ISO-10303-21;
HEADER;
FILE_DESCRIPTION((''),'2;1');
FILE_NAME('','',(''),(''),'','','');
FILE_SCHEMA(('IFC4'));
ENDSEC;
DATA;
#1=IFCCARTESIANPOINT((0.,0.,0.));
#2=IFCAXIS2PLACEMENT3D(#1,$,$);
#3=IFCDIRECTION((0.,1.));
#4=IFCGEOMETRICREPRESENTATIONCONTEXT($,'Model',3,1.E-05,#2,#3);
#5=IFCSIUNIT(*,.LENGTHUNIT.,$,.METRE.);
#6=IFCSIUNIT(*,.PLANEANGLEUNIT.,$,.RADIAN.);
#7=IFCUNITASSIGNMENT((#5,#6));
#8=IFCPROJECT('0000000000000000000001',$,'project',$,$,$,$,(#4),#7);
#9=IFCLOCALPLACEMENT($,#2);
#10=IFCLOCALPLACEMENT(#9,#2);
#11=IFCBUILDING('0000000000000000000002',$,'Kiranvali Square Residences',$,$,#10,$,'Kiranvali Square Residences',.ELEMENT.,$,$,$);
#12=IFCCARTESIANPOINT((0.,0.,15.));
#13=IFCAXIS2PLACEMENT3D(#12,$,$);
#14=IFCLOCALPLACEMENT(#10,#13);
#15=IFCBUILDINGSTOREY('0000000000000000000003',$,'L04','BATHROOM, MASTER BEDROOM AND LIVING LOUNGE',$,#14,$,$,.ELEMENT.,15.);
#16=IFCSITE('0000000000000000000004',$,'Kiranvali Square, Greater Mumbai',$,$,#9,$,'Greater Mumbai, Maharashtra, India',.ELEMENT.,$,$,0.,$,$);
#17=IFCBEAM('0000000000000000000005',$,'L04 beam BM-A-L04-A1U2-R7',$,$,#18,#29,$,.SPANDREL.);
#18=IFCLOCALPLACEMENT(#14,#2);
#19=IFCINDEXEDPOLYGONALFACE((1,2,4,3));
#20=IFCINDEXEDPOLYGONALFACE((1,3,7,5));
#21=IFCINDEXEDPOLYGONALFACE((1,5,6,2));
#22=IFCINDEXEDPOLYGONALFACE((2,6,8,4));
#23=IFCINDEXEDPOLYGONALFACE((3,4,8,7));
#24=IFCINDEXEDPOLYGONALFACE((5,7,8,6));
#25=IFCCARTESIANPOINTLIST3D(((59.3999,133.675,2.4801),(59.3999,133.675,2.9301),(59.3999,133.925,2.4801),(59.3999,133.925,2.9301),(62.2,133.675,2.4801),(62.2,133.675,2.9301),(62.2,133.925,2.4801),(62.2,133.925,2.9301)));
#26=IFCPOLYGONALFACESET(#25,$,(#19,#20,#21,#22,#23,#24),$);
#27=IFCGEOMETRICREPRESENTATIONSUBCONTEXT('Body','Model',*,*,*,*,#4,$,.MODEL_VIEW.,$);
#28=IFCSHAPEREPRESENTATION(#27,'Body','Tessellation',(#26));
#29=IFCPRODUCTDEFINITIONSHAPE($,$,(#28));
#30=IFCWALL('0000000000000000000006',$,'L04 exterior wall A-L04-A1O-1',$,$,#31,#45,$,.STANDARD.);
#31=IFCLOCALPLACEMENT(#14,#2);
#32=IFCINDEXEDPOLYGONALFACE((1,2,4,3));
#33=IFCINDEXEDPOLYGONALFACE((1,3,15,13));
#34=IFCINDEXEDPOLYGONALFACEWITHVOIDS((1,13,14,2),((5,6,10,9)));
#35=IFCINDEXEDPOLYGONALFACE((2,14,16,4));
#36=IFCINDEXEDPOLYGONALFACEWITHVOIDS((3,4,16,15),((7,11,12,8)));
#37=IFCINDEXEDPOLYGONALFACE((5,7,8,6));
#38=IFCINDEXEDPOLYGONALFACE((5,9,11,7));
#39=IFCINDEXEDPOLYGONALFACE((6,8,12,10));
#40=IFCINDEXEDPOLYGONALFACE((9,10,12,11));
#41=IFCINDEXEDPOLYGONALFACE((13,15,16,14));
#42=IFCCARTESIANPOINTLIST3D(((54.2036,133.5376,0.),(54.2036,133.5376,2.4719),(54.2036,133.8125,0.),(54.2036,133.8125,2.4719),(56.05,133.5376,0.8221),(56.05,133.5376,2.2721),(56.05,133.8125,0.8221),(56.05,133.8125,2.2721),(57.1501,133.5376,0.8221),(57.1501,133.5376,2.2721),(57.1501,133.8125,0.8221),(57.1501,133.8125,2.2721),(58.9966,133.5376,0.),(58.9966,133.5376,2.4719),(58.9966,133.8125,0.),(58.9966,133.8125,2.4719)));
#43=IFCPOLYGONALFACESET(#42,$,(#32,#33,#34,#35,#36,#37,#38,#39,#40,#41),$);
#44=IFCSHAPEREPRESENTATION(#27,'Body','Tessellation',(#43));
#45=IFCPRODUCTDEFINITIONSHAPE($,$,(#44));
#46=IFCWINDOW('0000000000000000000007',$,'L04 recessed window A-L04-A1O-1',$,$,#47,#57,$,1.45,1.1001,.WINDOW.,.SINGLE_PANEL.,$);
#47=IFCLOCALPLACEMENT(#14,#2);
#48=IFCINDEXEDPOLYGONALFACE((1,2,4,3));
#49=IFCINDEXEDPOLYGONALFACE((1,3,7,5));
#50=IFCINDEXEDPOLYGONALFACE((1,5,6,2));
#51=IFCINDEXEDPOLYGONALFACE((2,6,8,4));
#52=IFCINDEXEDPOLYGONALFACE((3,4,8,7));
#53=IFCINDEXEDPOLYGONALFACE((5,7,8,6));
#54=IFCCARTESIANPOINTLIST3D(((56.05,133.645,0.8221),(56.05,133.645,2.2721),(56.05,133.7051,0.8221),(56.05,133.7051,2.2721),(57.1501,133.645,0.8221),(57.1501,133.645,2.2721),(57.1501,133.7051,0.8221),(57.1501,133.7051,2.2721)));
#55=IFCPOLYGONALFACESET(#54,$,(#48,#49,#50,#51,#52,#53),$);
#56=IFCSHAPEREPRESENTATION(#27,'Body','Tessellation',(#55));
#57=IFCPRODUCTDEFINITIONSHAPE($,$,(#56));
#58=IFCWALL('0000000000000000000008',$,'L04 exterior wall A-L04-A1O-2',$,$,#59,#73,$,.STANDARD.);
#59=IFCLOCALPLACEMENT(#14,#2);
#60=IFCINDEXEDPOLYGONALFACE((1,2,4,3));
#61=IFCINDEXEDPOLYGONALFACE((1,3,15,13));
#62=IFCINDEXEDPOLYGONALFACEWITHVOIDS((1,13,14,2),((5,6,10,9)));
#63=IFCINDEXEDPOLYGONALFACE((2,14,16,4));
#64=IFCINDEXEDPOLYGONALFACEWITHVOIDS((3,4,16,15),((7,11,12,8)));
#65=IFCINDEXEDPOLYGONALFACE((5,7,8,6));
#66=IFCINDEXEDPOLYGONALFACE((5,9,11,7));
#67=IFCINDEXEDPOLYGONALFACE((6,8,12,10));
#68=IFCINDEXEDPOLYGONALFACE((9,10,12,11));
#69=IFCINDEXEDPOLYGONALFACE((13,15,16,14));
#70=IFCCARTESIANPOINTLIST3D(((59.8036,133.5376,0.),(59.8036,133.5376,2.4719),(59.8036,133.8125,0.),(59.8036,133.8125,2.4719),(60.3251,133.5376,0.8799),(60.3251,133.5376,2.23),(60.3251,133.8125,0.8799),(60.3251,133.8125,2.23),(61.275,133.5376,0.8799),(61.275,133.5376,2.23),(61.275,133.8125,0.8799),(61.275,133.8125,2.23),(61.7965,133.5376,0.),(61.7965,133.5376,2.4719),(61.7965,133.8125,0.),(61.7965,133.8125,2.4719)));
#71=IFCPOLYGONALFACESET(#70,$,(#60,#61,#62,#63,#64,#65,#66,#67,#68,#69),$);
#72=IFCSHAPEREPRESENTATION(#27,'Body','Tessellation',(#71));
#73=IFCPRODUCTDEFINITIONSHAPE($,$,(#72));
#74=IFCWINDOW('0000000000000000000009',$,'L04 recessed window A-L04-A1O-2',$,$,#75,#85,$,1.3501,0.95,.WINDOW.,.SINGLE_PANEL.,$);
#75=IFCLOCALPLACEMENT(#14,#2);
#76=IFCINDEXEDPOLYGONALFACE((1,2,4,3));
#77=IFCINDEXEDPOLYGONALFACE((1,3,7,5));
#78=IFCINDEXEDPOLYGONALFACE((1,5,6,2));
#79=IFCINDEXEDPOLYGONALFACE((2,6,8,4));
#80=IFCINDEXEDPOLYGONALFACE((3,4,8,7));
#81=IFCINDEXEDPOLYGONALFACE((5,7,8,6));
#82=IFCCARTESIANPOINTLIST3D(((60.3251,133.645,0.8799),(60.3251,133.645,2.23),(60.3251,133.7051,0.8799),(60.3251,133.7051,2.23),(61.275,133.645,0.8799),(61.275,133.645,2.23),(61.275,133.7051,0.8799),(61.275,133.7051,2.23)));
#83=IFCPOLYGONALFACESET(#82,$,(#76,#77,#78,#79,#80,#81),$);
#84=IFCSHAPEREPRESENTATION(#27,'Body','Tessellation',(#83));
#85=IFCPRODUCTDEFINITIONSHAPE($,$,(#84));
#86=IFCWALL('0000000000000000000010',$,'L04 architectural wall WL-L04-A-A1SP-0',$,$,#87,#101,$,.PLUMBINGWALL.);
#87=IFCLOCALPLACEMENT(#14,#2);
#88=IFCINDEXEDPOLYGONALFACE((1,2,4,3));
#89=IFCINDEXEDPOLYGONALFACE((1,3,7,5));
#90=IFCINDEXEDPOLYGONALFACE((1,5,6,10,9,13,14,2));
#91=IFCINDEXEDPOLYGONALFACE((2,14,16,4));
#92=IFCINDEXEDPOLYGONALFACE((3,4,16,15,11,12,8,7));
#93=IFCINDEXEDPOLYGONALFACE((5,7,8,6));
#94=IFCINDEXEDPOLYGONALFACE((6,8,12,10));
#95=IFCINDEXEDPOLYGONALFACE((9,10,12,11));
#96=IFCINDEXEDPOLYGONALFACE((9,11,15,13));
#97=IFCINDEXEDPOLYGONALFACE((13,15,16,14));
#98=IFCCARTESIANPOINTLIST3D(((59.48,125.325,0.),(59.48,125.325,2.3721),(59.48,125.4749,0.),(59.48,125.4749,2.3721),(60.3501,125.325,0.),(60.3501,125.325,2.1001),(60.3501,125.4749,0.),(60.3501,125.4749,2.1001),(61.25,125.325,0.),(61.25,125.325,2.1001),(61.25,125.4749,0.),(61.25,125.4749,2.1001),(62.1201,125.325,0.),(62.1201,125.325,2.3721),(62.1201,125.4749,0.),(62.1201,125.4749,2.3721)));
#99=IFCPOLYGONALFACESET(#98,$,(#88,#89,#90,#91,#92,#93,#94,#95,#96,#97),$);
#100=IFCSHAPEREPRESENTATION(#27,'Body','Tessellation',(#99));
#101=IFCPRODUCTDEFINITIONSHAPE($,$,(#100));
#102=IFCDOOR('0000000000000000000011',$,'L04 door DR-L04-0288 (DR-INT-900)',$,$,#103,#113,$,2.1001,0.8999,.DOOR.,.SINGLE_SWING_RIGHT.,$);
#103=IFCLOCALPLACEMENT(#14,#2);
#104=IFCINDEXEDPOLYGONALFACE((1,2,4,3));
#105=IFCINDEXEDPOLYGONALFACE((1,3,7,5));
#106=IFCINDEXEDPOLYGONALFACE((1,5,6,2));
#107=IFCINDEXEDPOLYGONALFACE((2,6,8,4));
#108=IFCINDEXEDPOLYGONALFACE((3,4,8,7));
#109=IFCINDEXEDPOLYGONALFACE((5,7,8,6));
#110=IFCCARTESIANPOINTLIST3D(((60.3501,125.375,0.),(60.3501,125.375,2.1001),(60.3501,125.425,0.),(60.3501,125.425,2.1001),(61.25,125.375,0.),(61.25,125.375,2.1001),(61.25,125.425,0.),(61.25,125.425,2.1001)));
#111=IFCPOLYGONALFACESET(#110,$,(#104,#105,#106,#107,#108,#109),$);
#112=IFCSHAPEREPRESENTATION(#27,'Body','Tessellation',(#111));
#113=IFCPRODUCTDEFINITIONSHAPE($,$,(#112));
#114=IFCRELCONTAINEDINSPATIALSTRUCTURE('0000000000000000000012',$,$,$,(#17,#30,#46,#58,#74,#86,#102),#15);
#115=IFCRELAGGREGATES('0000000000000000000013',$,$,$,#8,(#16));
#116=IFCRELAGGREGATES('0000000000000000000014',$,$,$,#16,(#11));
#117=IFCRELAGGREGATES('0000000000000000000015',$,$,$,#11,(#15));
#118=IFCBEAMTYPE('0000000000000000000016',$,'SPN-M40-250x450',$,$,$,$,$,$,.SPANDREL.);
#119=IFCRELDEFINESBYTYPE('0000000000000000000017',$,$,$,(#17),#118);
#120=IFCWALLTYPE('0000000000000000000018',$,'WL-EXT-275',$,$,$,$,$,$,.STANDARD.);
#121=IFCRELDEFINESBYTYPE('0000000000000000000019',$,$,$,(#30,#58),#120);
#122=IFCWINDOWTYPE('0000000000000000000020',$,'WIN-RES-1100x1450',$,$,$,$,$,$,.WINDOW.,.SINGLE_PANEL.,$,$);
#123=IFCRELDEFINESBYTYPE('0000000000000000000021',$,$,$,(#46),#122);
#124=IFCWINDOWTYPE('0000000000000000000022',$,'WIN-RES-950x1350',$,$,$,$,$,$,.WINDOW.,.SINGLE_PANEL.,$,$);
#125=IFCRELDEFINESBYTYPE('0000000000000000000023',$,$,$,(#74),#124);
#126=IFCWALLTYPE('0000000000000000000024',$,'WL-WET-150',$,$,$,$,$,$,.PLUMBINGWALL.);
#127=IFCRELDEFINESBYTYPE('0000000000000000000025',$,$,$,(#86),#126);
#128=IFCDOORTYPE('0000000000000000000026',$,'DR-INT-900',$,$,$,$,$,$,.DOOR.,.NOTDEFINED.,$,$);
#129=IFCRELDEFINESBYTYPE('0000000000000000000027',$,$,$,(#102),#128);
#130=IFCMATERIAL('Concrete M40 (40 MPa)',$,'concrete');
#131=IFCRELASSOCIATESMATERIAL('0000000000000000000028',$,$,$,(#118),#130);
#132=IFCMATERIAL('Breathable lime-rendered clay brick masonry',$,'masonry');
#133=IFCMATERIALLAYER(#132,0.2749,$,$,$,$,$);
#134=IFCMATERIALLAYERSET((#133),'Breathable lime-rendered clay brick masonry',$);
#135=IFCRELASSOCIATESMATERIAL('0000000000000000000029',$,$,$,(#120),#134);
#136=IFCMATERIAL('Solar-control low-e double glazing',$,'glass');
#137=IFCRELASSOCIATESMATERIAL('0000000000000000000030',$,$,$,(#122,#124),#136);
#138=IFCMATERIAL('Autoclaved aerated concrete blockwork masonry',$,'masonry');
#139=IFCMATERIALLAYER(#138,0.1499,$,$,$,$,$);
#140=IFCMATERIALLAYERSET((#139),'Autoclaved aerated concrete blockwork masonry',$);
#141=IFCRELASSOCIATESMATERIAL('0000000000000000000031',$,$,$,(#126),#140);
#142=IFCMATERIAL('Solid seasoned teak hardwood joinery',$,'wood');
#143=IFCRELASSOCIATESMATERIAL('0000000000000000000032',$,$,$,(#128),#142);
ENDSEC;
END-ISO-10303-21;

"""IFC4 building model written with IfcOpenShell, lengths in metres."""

from ifc_helpers import new_model, si_unit, direction, frame, frame_2d, origin, origin_2d, place, context, subcontext, project, spatial, rectangle, extrude, material, layer, layer_set, material_profile, profile_set, type_object, element, fill, save


model = new_model("IFC4")

# Units and contexts
model_context = context("Model", 3, precision=1e-05, world=origin(), true_north=direction((0.0, 1.0)))
body_context = subcontext(model_context, "Body", "Model", "MODEL_VIEW")
ifc_project = project(units=[si_unit("LENGTHUNIT", "METRE"), si_unit("PLANEANGLEUNIT", "RADIAN")], contexts=[model_context])

# Site, building, storey
site_placement = place(None, origin())
site = spatial("IfcSite", under=ifc_project, at=site_placement, Name="Kiranvali Square, Greater Mumbai", LongName="Greater Mumbai, Maharashtra, India", CompositionType="ELEMENT", RefElevation=0.0)
building_placement = place(site_placement, origin())
building = spatial("IfcBuilding", under=site, at=building_placement, Name="Kiranvali Square Residences", LongName="Kiranvali Square Residences", CompositionType="ELEMENT")
storey_placement = place(building_placement, frame((0.0, 0.0, 15.0)))
storey = spatial("IfcBuildingStorey", under=building, at=storey_placement, Name="L04", Description="BATHROOM, MASTER BEDROOM AND LIVING LOUNGE", CompositionType="ELEMENT", Elevation=15.0)

# Beam
ifc_material_1 = material(Name="Concrete M40 (40 MPa)", Category="concrete")
ifc_material_profile_1 = material_profile(ifc_material_1, rectangle(XDim=0.25, YDim=0.45, at=origin_2d()), Name="RC 250x450")
ifc_profile_set_1 = profile_set([ifc_material_profile_1], Name="Concrete M40 (40 MPa)")
beam_type_1 = type_object("IfcBeamType", Name="SPN-M40-250x450", PredefinedType="SPANDREL", material=ifc_profile_set_1)
beam_1_placement = place(storey_placement, frame((59.3999, 133.8, 2.7051), z_axis=(1.0, 0.0, 0.0), x_axis=(0.0, 1.0, 0.0)))
element("IfcBeam", 1, at=beam_1_placement, inside=storey, type_object=beam_type_1, Name="L04 beam BM-A-L04-A1U2-R7", PredefinedType="SPANDREL", context=body_context, shape_type="SweptSolid", body=[
    extrude(rectangle(XDim=0.25, YDim=0.45, at=origin_2d()), origin(), (0.0, 0.0, 1.0), 2.8),
])

# Walls, openings, windows
ifc_material_2 = material(Name="Breathable lime-rendered clay brick masonry", Category="masonry")
ifc_layer_1 = layer(ifc_material_2, 0.2749)
ifc_layer_set_1 = layer_set([ifc_layer_1], Name="Breathable lime-rendered clay brick masonry")
wall_type_1 = type_object("IfcWallType", Name="WL-EXT-275", PredefinedType="STANDARD", material=ifc_layer_set_1)
wall_1_placement = place(storey_placement, frame((54.2036, 133.675, 0.0), z_axis=(0.0, 0.0, 1.0), x_axis=(1.0, 0.0, 0.0)))
wall_1 = element("IfcWall", 2, at=wall_1_placement, inside=storey, type_object=wall_type_1, Name="L04 exterior wall A-L04-A1O-1", PredefinedType="STANDARD", context=body_context, shape_type="SweptSolid", body=[
    extrude(rectangle(XDim=4.793, YDim=0.2749, at=frame_2d((2.3965, 0.0))), origin(), (0.0, 0.0, 1.0), 2.4719),
])
opening_1_placement = place(wall_1_placement, frame((1.8464, 0.0, 0.822)))
opening_1 = element("IfcOpeningElement", 3, at=opening_1_placement, cuts=wall_1, PredefinedType="OPENING", context=body_context, shape_type="SweptSolid", body=[
    extrude(rectangle(XDim=1.1001, YDim=1.45, at=frame_2d((0.55, 0.7251))), frame((0.0, 0.1475, 0.0), z_axis=(0.0, -1.0, 0.0), x_axis=(1.0, 0.0, 0.0)), (0.0, 0.0, 1.0), 0.2949),
])
ifc_material_3 = material(Name="Solar-control low-e double glazing", Category="glass")
window_type_1 = type_object("IfcWindowType", Name="WIN-RES-1100x1450", PartitioningType="SINGLE_PANEL", PredefinedType="WINDOW", material=ifc_material_3)
window_1_placement = place(opening_1_placement, origin())
window_1 = element("IfcWindow", 4, at=window_1_placement, inside=storey, type_object=window_type_1, Name="L04 recessed window A-L04-A1O-1", OverallHeight=1.45, OverallWidth=1.1001, PartitioningType="SINGLE_PANEL", PredefinedType="WINDOW", context=body_context, shape_type="SweptSolid", body=[
    extrude(rectangle(XDim=1.1001, YDim=1.45, at=frame_2d((0.55, 0.7251))), frame((0.0, 0.03, 0.0), z_axis=(0.0, -1.0, 0.0), x_axis=(1.0, 0.0, 0.0)), (0.0, 0.0, 1.0), 0.0601),
])
fill(opening_1, window_1)
wall_2_placement = place(storey_placement, frame((59.8035, 133.675, 0.0), z_axis=(0.0, 0.0, 1.0), x_axis=(1.0, 0.0, 0.0)))
wall_2 = element("IfcWall", 5, at=wall_2_placement, inside=storey, type_object=wall_type_1, Name="L04 exterior wall A-L04-A1O-2", PredefinedType="STANDARD", context=body_context, shape_type="SweptSolid", body=[
    extrude(rectangle(XDim=1.9929, YDim=0.2749, at=frame_2d((0.9966, 0.0))), origin(), (0.0, 0.0, 1.0), 2.4719),
])
opening_2_placement = place(wall_2_placement, frame((0.5215, 0.0, 0.8799)))
opening_2 = element("IfcOpeningElement", 6, at=opening_2_placement, cuts=wall_2, PredefinedType="OPENING", context=body_context, shape_type="SweptSolid", body=[
    extrude(rectangle(XDim=0.95, YDim=1.3501, at=frame_2d((0.4751, 0.675))), frame((0.0, 0.1475, 0.0), z_axis=(0.0, -1.0, 0.0), x_axis=(1.0, 0.0, 0.0)), (0.0, 0.0, 1.0), 0.2949),
])
window_type_2 = type_object("IfcWindowType", Name="WIN-RES-950x1350", PartitioningType="SINGLE_PANEL", PredefinedType="WINDOW", material=ifc_material_3)
window_2_placement = place(opening_2_placement, origin())
window_2 = element("IfcWindow", 7, at=window_2_placement, inside=storey, type_object=window_type_2, Name="L04 recessed window A-L04-A1O-2", OverallHeight=1.3501, OverallWidth=0.95, PartitioningType="SINGLE_PANEL", PredefinedType="WINDOW", context=body_context, shape_type="SweptSolid", body=[
    extrude(rectangle(XDim=0.95, YDim=1.3501, at=frame_2d((0.4751, 0.675))), frame((0.0, 0.03, 0.0), z_axis=(0.0, -1.0, 0.0), x_axis=(1.0, 0.0, 0.0)), (0.0, 0.0, 1.0), 0.0601),
])
fill(opening_2, window_2)

# Wall, opening, door
ifc_material_4 = material(Name="Autoclaved aerated concrete blockwork masonry", Category="masonry")
ifc_layer_2 = layer(ifc_material_4, 0.1499)
ifc_layer_set_2 = layer_set([ifc_layer_2], Name="Autoclaved aerated concrete blockwork masonry")
wall_type_2 = type_object("IfcWallType", Name="WL-WET-150", PredefinedType="PLUMBINGWALL", material=ifc_layer_set_2)
wall_3_placement = place(storey_placement, frame((59.48, 125.3999, 0.0), z_axis=(0.0, 0.0, 1.0), x_axis=(1.0, 0.0, 0.0)))
wall_3 = element("IfcWall", 8, at=wall_3_placement, inside=storey, type_object=wall_type_2, Name="L04 architectural wall WL-L04-A-A1SP-0", PredefinedType="PLUMBINGWALL", context=body_context, shape_type="SweptSolid", body=[
    extrude(rectangle(XDim=2.6401, YDim=0.1499, at=frame_2d((1.3201, 0.0))), origin(), (0.0, 0.0, 1.0), 2.3721),
])
opening_3_placement = place(wall_3_placement, frame((0.8701, 0.0, 0.0)))
opening_3 = element("IfcOpeningElement", 9, at=opening_3_placement, cuts=wall_3, PredefinedType="OPENING", context=body_context, shape_type="SweptSolid", body=[
    extrude(rectangle(XDim=0.8999, YDim=2.1001, at=frame_2d((0.45, 1.05))), frame((0.0, 0.085, 0.0), z_axis=(0.0, -1.0, 0.0), x_axis=(1.0, 0.0, 0.0)), (0.0, 0.0, 1.0), 0.1699),
])
ifc_material_5 = material(Name="Solid seasoned teak hardwood joinery", Category="wood")
door_type = type_object("IfcDoorType", Name="DR-INT-900", OperationType="NOTDEFINED", PredefinedType="DOOR", material=ifc_material_5)
door_placement = place(opening_3_placement, frame((0.8999, 0.0, 0.0), z_axis=(0.0, 0.0, 1.0), x_axis=(-1.0, 0.0, 0.0)))
door = element("IfcDoor", 10, at=door_placement, inside=storey, type_object=door_type, Name="L04 door DR-L04-0288 (DR-INT-900)", OperationType="SINGLE_SWING_RIGHT", OverallHeight=2.1001, OverallWidth=0.8999, PredefinedType="DOOR", context=body_context, shape_type="SweptSolid", body=[
    extrude(rectangle(XDim=0.8999, YDim=2.1001, at=frame_2d((0.45, 1.05))), frame((0.0, 0.0249, 0.0), z_axis=(0.0, -1.0, 0.0), x_axis=(1.0, 0.0, 0.0)), (0.0, 0.0, 1.0), 0.05),
])
fill(opening_3, door)

save(model, "model.ifc")
